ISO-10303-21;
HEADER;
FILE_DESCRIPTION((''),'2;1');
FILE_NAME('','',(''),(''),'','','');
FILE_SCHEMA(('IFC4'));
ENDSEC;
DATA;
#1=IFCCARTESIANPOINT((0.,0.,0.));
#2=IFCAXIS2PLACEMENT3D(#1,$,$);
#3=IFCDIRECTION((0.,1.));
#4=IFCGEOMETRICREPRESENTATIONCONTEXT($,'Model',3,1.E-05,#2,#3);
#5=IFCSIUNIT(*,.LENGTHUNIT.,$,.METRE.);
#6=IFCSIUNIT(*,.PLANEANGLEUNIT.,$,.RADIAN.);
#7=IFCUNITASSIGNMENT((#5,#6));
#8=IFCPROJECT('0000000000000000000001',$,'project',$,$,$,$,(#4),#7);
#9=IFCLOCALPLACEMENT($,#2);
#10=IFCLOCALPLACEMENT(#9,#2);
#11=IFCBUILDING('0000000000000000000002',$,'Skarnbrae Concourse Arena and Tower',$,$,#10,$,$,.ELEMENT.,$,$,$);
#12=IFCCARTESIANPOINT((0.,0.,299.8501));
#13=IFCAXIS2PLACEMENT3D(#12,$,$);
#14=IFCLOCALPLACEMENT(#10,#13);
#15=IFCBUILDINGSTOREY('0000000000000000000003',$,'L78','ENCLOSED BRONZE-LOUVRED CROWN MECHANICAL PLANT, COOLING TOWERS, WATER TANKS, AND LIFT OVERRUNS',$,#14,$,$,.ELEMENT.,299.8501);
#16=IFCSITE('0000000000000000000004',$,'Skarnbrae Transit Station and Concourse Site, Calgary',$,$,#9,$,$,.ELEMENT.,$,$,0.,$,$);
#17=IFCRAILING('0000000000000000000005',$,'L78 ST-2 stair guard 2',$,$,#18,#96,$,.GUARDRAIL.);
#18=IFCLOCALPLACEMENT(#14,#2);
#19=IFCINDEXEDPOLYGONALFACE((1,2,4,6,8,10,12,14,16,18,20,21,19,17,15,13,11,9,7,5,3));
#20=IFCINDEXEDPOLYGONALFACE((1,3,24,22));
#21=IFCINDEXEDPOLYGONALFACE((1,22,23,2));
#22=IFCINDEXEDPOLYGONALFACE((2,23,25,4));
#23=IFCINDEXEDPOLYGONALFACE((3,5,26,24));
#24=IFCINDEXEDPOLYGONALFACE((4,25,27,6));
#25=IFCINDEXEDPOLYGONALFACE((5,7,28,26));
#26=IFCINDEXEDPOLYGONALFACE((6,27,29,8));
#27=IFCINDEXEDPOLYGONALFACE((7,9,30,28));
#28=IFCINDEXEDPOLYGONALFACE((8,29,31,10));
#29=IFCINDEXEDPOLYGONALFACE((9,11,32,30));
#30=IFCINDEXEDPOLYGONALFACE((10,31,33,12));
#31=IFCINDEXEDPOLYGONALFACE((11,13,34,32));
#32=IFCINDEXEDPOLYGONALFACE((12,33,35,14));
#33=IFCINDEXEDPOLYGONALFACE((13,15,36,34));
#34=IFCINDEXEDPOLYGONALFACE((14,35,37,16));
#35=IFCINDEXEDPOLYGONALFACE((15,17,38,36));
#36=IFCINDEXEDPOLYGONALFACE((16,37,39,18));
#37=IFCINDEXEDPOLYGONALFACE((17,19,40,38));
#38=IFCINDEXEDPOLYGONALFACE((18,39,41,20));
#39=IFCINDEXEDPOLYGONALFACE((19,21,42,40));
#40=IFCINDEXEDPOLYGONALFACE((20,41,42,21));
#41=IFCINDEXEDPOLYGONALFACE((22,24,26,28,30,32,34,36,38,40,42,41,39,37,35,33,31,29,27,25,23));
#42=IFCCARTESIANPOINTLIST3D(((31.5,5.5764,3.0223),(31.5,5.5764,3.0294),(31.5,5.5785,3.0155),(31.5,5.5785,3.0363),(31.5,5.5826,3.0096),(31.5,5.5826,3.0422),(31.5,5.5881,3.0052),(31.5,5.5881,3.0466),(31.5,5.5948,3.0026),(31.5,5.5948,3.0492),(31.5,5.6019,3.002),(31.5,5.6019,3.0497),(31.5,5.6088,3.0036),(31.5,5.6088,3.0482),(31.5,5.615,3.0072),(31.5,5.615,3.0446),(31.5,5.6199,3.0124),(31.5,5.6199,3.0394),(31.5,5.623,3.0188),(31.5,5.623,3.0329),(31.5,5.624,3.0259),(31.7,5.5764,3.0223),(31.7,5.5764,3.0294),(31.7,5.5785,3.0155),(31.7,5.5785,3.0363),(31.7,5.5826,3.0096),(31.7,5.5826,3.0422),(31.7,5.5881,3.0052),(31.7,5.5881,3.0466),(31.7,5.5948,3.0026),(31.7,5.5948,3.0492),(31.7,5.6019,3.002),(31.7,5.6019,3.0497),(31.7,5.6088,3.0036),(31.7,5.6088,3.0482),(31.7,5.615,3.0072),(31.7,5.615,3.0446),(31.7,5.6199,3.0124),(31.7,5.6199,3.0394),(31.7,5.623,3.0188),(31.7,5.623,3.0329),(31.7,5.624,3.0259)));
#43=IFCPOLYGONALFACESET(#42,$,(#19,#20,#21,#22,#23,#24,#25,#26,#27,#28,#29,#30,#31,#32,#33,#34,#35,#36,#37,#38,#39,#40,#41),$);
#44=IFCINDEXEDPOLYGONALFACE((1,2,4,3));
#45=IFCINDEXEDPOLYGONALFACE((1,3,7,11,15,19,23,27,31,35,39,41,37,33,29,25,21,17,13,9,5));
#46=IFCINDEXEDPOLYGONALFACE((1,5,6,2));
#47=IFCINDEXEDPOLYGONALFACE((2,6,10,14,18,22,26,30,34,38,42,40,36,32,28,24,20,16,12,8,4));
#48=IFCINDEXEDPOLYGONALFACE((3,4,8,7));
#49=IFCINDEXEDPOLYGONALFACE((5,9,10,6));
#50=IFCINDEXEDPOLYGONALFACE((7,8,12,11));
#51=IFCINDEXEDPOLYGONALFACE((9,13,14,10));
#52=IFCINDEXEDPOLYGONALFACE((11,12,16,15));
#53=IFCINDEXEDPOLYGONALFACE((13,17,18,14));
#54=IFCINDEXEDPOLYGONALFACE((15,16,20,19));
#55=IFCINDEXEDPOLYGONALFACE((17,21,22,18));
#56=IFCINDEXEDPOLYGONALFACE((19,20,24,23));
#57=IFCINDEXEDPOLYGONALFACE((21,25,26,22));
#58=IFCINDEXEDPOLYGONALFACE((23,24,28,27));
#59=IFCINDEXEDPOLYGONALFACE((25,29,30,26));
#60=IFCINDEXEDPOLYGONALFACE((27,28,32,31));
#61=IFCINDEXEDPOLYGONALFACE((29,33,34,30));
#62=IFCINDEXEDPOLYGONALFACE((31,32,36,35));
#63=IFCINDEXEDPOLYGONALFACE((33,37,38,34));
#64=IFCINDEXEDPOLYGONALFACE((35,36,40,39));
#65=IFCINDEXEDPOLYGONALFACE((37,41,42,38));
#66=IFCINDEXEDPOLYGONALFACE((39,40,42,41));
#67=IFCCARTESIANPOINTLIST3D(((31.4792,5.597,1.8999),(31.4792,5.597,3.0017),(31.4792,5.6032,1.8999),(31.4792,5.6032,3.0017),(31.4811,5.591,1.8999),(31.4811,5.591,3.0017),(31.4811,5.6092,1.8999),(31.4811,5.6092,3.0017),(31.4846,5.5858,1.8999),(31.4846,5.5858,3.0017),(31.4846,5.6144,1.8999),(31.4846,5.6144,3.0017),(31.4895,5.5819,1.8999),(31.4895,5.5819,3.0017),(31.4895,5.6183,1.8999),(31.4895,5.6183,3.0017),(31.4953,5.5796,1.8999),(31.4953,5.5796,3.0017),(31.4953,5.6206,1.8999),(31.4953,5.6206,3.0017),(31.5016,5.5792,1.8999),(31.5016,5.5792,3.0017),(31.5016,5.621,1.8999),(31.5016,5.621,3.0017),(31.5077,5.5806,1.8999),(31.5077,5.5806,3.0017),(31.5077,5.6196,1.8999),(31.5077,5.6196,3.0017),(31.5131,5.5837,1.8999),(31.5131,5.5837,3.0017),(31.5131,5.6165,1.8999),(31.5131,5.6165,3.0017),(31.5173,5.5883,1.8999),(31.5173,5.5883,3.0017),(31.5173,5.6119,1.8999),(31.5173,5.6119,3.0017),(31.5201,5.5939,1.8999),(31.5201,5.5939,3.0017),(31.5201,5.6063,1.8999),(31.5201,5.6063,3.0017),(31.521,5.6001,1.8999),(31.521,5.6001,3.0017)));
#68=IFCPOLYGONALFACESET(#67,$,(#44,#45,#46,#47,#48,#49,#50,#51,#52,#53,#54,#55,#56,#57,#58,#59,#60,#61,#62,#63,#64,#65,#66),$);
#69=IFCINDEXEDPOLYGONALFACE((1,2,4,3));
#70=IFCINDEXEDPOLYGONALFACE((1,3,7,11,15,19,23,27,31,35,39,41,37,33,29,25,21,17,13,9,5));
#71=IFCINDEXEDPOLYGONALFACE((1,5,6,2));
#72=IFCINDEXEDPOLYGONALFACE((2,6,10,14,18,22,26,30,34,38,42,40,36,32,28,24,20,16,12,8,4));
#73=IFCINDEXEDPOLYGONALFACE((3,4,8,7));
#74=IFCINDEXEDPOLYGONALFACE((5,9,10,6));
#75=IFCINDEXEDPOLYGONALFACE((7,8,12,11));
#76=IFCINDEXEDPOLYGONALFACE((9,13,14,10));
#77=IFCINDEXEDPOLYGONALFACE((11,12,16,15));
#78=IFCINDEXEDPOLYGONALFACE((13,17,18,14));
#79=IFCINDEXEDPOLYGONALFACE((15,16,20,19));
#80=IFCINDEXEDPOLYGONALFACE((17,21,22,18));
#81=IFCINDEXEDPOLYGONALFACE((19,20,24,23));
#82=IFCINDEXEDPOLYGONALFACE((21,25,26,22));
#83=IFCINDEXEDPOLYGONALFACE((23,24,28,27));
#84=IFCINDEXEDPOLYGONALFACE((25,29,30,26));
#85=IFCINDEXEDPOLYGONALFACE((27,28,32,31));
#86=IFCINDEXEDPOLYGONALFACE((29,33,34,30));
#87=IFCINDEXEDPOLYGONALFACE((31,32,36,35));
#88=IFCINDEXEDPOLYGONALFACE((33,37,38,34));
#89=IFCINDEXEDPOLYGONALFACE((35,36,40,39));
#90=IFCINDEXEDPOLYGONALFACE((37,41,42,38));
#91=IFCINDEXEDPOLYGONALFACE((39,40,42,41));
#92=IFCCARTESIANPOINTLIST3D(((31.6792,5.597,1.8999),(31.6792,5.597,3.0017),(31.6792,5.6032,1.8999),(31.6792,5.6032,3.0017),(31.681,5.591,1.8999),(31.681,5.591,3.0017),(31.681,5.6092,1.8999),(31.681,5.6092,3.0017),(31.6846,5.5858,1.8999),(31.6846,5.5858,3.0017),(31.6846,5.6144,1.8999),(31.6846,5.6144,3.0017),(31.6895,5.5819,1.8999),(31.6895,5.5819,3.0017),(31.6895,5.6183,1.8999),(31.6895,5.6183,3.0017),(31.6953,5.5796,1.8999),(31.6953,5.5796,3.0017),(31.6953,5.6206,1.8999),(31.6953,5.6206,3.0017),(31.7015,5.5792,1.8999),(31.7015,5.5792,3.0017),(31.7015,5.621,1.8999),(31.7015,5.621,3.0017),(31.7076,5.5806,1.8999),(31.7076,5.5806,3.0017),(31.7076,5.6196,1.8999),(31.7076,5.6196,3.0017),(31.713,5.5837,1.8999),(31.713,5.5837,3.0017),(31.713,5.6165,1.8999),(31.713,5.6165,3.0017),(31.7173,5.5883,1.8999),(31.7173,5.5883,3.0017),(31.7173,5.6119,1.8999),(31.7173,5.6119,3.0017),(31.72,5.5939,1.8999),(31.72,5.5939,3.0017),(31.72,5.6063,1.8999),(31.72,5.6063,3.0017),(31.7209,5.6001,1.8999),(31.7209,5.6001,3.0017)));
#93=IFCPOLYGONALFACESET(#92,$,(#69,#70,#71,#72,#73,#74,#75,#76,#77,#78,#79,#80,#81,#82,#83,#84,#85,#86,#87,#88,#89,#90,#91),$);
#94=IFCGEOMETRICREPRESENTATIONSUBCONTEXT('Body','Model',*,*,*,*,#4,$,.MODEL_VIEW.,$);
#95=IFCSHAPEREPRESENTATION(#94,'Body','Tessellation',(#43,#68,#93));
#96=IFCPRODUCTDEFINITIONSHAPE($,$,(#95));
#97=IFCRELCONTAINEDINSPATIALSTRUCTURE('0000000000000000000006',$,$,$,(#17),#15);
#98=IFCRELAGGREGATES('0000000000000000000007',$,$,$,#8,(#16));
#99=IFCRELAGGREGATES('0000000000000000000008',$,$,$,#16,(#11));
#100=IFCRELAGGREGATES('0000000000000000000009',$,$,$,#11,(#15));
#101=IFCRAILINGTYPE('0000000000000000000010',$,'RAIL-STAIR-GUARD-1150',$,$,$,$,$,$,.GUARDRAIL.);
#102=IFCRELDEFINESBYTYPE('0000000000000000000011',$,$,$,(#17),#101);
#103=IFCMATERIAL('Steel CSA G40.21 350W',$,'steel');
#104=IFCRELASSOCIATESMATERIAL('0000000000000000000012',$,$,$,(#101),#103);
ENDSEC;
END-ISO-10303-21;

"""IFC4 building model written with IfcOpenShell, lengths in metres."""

from ifc_helpers import new_model, si_unit, direction, frame, origin, origin_2d, place, context, subcontext, project, spatial, circle, extrude, material, type_object, element, save


model = new_model("IFC4")

# Units and contexts
model_context = context("Model", 3, precision=1e-05, world=origin(), true_north=direction((0.0, 1.0)))
body_context = subcontext(model_context, "Body", "Model", "MODEL_VIEW")
ifc_project = project(units=[si_unit("LENGTHUNIT", "METRE"), si_unit("PLANEANGLEUNIT", "RADIAN")], contexts=[model_context])

# Site, building, storey
site_placement = place(None, origin())
site = spatial("IfcSite", under=ifc_project, at=site_placement, Name="Skarnbrae Transit Station and Concourse Site, Calgary", CompositionType="ELEMENT", RefElevation=0.0)
building_placement = place(site_placement, origin())
building = spatial("IfcBuilding", under=site, at=building_placement, Name="Skarnbrae Concourse Arena and Tower", CompositionType="ELEMENT")
storey_placement = place(building_placement, frame((0.0, 0.0, 299.8501)))
storey = spatial("IfcBuildingStorey", under=building, at=storey_placement, Name="L78", Description="ENCLOSED BRONZE-LOUVRED CROWN MECHANICAL PLANT, COOLING TOWERS, WATER TANKS, AND LIFT OVERRUNS", CompositionType="ELEMENT", Elevation=299.8501)

# Shared definitions
ifc_material_1 = material(Name="Steel CSA G40.21 350W", Category="steel")

# Railing
railing_type_1 = type_object("IfcRailingType", Name="RAIL-STAIR-GUARD-1150", PredefinedType="GUARDRAIL", material=ifc_material_1)
railing_1_placement = place(storey_placement, frame((31.5, 5.6001, 1.8999)))
element("IfcRailing", 1, at=railing_1_placement, inside=storey, type_object=railing_type_1, Name="L78 ST-2 stair guard 2", PredefinedType="GUARDRAIL", context=body_context, shape_type="SweptSolid", body=[
    extrude(circle(Radius=0.0239, at=origin_2d()), frame((0.0, 0.0, 1.126), z_axis=(1.0, 0.0, 0.0), x_axis=(0.0, 1.0, 0.0)), (0.0, 0.0, 1.0), 0.2),
    extrude(circle(Radius=0.021, at=origin_2d()), origin(), (0.0, 0.0, 1.0), 1.1018),
    extrude(circle(Radius=0.021, at=origin_2d()), frame((0.2, 0.0, 0.0)), (0.0, 0.0, 1.0), 1.1018),
])

save(model, "model.ifc")
